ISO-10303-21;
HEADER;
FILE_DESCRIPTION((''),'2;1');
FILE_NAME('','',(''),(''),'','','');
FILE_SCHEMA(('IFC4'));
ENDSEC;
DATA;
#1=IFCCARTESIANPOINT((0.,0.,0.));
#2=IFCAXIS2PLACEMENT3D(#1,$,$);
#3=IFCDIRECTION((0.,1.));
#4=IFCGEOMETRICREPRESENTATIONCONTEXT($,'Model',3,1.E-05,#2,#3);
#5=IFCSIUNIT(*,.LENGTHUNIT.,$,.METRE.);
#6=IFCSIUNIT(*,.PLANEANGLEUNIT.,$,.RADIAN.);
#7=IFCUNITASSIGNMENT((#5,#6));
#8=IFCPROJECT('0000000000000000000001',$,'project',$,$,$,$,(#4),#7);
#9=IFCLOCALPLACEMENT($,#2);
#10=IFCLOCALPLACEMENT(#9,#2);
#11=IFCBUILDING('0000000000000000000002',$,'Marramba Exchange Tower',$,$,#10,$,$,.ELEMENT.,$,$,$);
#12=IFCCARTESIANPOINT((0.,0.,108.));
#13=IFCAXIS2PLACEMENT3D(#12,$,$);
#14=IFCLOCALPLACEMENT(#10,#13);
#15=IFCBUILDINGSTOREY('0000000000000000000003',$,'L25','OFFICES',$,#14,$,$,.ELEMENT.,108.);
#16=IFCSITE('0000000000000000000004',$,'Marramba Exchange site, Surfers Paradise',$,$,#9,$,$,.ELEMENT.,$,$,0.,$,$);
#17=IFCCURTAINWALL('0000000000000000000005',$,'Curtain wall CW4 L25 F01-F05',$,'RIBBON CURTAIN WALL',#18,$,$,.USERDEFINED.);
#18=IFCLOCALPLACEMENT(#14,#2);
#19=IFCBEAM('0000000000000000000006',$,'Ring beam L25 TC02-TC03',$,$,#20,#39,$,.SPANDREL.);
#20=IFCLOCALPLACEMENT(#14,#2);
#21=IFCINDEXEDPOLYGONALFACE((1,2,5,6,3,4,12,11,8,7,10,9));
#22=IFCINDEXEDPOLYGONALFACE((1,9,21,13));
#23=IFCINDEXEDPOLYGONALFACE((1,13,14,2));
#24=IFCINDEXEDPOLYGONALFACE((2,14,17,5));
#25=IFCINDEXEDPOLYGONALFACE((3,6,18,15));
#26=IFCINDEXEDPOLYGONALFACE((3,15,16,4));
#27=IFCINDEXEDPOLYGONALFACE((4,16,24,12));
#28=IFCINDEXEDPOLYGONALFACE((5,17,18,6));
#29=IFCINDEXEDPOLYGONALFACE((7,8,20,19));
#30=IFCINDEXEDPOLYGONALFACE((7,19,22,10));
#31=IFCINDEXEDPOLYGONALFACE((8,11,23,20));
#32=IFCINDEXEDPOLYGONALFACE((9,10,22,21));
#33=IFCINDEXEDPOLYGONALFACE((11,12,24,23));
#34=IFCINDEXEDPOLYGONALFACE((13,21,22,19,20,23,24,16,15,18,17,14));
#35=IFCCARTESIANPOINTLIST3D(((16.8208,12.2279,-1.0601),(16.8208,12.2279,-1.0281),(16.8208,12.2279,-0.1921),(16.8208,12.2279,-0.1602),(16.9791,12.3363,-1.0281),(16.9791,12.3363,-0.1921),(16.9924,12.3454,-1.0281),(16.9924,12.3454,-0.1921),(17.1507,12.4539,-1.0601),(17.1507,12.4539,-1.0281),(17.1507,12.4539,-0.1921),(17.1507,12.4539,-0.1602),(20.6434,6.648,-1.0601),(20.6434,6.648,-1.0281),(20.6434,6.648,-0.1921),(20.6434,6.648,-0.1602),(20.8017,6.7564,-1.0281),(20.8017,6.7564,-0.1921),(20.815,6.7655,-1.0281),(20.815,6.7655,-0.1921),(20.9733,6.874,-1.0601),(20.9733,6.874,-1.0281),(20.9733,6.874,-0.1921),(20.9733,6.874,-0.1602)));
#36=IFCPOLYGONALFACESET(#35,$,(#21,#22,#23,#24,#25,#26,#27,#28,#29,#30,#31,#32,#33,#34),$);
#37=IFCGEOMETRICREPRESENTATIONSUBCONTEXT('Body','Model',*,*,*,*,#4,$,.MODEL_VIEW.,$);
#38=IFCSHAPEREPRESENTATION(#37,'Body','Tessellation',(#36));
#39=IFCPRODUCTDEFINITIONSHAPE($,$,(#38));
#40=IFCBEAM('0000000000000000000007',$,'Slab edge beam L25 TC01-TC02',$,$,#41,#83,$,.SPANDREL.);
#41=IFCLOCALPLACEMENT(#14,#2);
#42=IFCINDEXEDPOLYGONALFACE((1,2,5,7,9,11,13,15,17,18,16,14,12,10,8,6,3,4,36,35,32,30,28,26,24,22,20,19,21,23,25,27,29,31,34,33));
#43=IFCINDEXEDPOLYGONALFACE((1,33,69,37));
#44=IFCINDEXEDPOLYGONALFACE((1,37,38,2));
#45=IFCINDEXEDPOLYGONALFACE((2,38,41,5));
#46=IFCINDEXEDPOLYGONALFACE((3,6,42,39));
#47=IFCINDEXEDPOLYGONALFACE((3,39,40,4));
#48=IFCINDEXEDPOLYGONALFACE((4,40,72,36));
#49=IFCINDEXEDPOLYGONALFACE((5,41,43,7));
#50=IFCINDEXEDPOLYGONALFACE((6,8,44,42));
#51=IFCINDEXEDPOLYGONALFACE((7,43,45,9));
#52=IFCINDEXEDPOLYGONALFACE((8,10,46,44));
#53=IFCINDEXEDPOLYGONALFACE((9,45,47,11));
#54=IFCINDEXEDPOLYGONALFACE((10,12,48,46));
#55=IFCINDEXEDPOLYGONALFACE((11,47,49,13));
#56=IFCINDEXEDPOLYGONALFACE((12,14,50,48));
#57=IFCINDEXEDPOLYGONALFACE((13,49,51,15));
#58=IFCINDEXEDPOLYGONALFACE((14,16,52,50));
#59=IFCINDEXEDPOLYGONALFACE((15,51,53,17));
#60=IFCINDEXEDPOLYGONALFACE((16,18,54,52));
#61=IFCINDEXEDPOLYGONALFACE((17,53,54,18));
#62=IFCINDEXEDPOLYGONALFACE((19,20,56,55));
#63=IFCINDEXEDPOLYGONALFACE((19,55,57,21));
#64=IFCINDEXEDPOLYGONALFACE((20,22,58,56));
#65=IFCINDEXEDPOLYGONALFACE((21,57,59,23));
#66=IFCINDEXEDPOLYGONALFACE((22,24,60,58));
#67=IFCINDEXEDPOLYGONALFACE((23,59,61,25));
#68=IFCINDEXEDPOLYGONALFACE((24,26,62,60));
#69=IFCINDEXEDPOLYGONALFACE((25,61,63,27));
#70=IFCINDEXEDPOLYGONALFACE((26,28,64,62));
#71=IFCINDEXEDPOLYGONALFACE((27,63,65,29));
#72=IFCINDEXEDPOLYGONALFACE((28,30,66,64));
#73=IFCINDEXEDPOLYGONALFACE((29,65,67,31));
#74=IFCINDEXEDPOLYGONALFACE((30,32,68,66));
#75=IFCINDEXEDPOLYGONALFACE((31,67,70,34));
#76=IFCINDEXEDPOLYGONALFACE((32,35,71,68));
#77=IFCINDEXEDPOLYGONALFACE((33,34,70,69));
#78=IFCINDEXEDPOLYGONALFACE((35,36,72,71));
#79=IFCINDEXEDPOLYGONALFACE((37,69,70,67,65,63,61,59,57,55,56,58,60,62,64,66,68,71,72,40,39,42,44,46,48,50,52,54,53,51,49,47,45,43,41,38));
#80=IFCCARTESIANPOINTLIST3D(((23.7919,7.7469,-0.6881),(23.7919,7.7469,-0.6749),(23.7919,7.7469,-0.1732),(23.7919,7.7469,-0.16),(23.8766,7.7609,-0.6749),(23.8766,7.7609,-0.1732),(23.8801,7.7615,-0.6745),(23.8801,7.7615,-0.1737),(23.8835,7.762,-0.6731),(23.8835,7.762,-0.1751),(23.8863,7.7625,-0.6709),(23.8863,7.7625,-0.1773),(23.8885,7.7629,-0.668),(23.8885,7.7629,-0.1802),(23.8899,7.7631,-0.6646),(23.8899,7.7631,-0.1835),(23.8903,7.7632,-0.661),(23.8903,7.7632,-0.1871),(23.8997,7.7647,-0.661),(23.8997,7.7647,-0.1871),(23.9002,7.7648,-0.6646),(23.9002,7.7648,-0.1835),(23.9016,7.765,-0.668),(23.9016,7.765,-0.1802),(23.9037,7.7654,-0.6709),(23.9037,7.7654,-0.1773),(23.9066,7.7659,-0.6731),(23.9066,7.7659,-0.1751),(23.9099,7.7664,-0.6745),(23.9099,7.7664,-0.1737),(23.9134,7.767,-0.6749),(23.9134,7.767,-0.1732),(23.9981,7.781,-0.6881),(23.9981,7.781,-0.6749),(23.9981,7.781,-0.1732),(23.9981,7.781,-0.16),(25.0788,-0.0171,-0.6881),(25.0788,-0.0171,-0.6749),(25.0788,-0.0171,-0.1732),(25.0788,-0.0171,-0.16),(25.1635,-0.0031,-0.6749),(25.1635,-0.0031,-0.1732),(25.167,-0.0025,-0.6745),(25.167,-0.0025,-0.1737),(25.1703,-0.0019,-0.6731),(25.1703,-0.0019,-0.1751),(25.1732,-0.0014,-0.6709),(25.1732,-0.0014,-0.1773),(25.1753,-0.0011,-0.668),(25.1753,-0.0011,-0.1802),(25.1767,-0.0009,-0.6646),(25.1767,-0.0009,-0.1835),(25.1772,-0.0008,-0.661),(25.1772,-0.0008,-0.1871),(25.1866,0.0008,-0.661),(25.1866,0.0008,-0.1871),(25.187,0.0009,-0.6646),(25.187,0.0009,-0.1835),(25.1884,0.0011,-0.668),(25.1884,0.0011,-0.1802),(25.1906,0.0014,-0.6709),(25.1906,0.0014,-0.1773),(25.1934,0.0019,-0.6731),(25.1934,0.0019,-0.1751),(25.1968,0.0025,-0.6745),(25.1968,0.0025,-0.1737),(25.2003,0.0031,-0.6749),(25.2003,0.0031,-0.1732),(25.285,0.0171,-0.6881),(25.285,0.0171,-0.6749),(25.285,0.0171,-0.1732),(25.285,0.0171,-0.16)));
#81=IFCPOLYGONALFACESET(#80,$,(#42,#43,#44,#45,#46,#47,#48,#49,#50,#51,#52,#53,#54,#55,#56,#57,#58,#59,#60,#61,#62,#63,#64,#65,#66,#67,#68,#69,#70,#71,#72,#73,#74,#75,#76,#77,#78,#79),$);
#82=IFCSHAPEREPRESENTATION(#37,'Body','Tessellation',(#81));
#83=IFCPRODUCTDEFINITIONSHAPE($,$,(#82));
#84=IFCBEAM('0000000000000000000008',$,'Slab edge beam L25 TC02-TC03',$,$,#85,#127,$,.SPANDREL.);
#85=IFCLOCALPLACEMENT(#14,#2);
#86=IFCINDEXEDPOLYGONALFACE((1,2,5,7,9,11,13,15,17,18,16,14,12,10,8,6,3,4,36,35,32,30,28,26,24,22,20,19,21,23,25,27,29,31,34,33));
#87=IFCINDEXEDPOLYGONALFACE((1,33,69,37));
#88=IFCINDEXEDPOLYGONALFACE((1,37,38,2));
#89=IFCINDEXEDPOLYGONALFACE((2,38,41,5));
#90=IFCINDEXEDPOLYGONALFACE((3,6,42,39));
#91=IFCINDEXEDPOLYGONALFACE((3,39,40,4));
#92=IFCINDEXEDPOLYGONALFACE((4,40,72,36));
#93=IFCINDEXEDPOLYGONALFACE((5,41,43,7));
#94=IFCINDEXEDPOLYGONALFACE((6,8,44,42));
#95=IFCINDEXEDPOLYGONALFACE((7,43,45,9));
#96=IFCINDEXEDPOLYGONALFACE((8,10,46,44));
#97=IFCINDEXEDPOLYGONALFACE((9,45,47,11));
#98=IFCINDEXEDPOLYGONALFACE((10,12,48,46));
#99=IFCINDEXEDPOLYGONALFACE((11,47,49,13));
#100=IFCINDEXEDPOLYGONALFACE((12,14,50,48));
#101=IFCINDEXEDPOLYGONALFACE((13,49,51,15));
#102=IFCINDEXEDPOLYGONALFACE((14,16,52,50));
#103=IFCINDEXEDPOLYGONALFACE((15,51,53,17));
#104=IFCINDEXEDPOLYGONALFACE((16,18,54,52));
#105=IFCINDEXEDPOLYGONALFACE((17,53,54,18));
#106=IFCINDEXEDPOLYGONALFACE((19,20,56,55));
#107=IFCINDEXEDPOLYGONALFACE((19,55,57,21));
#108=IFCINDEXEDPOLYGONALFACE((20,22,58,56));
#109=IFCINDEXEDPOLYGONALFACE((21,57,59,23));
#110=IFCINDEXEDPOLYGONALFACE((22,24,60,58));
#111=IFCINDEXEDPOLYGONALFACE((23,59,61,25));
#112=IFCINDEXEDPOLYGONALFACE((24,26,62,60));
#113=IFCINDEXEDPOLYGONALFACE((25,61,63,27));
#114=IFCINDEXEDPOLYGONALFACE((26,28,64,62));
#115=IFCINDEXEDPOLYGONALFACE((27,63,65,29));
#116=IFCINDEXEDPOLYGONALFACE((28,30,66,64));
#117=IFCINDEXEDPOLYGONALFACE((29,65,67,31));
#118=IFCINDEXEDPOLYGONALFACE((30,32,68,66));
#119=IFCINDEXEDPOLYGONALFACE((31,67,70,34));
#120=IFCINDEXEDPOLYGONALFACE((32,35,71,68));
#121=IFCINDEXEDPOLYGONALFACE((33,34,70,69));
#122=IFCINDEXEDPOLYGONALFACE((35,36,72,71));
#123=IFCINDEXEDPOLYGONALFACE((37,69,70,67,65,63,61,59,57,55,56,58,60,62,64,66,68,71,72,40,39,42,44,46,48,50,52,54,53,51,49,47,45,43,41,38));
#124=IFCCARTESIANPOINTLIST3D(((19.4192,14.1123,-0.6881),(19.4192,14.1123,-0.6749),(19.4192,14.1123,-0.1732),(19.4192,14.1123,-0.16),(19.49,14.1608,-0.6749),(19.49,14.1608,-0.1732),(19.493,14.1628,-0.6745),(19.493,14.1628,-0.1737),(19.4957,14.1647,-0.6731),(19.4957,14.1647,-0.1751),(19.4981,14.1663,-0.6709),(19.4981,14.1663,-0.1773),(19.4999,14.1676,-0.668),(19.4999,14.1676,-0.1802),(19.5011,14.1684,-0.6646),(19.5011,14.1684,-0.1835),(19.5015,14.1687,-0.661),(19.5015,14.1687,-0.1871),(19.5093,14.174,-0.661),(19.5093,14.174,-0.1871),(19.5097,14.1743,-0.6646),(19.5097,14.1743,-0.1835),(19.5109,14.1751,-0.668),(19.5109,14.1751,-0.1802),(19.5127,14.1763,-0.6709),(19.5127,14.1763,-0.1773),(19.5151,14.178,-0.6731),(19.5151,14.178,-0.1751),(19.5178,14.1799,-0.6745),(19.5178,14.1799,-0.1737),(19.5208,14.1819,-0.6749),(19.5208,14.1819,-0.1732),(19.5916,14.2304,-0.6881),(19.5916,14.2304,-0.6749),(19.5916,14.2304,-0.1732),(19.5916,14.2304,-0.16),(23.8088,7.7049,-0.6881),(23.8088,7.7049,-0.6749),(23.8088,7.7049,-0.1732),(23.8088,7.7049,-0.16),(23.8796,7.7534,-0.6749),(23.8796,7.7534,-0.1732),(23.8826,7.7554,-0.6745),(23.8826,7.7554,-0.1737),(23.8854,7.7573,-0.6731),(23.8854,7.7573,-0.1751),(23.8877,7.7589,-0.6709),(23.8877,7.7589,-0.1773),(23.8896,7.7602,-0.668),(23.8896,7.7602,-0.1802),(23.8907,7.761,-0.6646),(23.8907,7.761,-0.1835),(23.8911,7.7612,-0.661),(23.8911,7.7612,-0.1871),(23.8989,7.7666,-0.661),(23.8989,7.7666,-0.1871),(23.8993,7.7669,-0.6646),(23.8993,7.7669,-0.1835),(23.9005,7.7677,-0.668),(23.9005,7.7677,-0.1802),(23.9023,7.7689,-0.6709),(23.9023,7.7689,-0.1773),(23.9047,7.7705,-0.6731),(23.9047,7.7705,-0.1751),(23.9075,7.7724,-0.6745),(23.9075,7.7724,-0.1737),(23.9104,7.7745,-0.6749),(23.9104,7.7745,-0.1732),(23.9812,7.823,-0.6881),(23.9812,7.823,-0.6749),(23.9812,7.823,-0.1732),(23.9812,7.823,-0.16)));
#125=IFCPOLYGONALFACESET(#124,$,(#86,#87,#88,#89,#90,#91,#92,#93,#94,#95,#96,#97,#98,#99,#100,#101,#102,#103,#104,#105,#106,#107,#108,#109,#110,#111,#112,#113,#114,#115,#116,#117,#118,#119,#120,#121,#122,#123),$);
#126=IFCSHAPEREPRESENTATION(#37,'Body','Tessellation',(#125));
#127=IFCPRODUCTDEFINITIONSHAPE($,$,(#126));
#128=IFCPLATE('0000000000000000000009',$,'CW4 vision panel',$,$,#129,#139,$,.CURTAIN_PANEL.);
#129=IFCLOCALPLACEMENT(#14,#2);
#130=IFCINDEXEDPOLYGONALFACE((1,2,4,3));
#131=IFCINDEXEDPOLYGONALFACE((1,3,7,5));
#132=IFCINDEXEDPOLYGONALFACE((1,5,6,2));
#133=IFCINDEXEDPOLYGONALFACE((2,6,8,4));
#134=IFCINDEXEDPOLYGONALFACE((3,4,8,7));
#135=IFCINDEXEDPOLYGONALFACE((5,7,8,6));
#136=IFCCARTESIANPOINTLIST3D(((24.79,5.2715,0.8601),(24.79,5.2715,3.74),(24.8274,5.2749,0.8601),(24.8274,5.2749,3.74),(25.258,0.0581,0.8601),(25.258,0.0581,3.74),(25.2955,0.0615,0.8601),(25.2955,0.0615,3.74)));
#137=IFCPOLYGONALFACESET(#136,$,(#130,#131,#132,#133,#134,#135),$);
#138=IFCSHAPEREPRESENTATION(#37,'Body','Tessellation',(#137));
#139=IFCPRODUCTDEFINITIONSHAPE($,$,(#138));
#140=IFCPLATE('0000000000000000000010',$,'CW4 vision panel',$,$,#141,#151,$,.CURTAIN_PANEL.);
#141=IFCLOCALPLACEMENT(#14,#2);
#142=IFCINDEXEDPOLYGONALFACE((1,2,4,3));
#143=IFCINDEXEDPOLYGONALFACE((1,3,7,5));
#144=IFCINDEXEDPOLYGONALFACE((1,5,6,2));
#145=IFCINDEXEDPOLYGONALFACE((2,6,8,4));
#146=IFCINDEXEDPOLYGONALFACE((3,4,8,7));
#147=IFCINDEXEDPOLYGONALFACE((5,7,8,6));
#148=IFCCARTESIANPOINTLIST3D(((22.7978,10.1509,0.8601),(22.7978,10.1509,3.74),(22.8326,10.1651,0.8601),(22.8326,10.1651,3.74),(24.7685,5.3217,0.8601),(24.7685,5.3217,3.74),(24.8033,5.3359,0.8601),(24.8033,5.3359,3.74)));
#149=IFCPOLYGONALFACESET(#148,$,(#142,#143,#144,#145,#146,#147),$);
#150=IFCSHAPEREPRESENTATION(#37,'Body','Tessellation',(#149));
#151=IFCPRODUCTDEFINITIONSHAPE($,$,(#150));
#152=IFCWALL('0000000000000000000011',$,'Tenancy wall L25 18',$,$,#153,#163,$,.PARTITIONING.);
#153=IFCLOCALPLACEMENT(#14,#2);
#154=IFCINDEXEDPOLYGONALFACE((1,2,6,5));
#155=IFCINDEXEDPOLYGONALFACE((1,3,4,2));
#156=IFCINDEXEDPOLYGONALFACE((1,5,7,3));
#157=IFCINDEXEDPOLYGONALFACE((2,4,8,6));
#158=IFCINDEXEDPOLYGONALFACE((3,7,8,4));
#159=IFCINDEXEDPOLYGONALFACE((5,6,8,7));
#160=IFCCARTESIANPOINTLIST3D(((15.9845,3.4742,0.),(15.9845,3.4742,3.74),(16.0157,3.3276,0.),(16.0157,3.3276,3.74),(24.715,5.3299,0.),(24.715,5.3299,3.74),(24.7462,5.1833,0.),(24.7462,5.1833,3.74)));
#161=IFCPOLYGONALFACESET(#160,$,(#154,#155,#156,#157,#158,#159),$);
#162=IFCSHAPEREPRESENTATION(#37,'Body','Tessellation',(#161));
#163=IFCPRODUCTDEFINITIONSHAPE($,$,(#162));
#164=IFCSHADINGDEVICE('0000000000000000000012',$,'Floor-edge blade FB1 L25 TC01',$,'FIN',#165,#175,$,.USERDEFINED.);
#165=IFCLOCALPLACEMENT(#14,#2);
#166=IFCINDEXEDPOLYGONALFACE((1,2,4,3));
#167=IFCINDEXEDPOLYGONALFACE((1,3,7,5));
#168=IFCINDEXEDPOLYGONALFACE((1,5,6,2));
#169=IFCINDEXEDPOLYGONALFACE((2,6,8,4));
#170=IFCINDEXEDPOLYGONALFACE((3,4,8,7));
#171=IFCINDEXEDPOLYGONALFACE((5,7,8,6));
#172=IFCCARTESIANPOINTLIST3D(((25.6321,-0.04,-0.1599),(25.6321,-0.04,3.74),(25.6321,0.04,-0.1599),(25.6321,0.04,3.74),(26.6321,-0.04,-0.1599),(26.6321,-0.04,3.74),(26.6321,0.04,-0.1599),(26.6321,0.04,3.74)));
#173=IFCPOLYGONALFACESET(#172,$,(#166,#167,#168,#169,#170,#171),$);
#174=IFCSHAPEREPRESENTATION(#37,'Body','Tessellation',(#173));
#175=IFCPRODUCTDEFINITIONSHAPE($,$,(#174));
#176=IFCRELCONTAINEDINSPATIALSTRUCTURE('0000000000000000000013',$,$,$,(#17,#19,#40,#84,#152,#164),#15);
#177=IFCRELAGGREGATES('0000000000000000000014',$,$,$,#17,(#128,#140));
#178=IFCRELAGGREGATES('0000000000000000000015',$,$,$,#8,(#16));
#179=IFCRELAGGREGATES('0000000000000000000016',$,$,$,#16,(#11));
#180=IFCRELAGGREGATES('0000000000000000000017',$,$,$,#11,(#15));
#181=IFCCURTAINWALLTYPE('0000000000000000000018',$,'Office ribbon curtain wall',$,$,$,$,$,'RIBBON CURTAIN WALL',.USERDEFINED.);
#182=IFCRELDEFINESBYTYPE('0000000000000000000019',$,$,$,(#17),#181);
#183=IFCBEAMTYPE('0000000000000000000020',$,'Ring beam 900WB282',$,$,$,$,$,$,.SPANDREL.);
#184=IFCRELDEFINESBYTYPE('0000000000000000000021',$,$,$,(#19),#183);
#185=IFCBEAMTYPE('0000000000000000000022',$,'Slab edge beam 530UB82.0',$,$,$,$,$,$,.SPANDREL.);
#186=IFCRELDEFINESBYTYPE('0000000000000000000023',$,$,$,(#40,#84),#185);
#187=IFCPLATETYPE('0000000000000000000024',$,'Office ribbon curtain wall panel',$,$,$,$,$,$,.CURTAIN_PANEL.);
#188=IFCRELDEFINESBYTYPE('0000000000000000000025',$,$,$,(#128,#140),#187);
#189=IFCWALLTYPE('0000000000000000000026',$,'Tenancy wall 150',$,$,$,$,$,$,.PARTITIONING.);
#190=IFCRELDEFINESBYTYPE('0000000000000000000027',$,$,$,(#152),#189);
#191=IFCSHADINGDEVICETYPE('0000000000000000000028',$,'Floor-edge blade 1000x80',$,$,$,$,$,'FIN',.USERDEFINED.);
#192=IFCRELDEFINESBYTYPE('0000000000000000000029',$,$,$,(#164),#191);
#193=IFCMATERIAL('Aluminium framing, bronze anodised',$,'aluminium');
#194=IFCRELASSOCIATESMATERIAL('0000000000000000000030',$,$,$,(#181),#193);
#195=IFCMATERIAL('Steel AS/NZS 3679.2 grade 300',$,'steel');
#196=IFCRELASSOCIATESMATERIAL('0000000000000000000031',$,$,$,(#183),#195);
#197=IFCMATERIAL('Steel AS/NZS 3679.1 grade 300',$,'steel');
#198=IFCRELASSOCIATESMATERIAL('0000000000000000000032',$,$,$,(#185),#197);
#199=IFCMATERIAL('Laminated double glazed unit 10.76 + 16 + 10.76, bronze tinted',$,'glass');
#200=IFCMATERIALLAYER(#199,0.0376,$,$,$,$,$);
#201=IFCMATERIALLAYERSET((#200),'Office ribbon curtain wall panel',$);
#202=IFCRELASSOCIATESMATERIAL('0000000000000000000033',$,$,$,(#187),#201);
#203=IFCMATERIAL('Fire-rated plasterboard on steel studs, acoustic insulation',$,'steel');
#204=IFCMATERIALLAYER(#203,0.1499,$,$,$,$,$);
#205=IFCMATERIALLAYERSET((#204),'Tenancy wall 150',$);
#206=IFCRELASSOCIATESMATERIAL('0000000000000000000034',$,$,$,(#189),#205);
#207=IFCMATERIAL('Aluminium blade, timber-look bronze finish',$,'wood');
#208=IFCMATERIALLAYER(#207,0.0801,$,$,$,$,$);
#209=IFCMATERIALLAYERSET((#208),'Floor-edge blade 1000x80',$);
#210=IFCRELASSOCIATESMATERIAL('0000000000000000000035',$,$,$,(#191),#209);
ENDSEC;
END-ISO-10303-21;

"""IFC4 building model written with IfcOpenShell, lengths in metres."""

from ifc_helpers import new_model, si_unit, direction, frame, frame_2d, origin, origin_2d, place, context, subcontext, project, spatial, rectangle, i_section, extrude, material, layer, layer_set, material_profile, profile_set, type_object, element, aggregate, save


model = new_model("IFC4")

# Units and contexts
model_context = context("Model", 3, precision=1e-05, world=origin(), true_north=direction((0.0, 1.0)))
body_context = subcontext(model_context, "Body", "Model", "MODEL_VIEW")
ifc_project = project(units=[si_unit("LENGTHUNIT", "METRE"), si_unit("PLANEANGLEUNIT", "RADIAN")], contexts=[model_context])

# Site, building, storey
site_placement = place(None, origin())
site = spatial("IfcSite", under=ifc_project, at=site_placement, Name="Marramba Exchange site, Surfers Paradise", CompositionType="ELEMENT", RefElevation=0.0)
building_placement = place(site_placement, origin())
building = spatial("IfcBuilding", under=site, at=building_placement, Name="Marramba Exchange Tower", CompositionType="ELEMENT")
storey_placement = place(building_placement, frame((0.0, 0.0, 108.0)))
storey = spatial("IfcBuildingStorey", under=building, at=storey_placement, Name="L25", Description="OFFICES", CompositionType="ELEMENT", Elevation=108.0)

# Shared definitions
ifc_material_1 = material(Name="Steel AS/NZS 3679.2 grade 300", Category="steel")
ifc_material_2 = material(Name="Steel AS/NZS 3679.1 grade 300", Category="steel")

# Curtain wall
ifc_material_3 = material(Name="Aluminium framing, bronze anodised", Category="aluminium")
curtain_wall_type = type_object("IfcCurtainWallType", Name="Office ribbon curtain wall", ElementType="RIBBON CURTAIN WALL", PredefinedType="USERDEFINED", material=ifc_material_3)
curtain_wall_placement = place(storey_placement, origin())
curtain_wall = element("IfcCurtainWall", 1, at=curtain_wall_placement, inside=storey, type_object=curtain_wall_type, Name="Curtain wall CW4 L25 F01-F05", ObjectType="RIBBON CURTAIN WALL", PredefinedType="USERDEFINED")

# Beams
ifc_material_profile_1 = material_profile(ifc_material_1, i_section(OverallWidth=0.3999, OverallDepth=0.8999, WebThickness=0.0161, FlangeThickness=0.032, at=origin_2d()), Name="900WB282")
ifc_profile_set_1 = profile_set([ifc_material_profile_1], Name="Steel AS/NZS 3679.2 grade 300")
beam_type_1 = type_object("IfcBeamType", Name="Ring beam 900WB282", PredefinedType="SPANDREL", material=ifc_profile_set_1)
beam_1_placement = place(storey_placement, frame((20.8083, 6.761, -0.6101), z_axis=(-0.56516, 0.824981, 0.0), x_axis=(-0.824981, -0.56516, 0.0)))
element("IfcBeam", 2, at=beam_1_placement, inside=storey, type_object=beam_type_1, Name="Ring beam L25 TC02-TC03", PredefinedType="SPANDREL", context=body_context, shape_type="SweptSolid", body=[
    extrude(i_section(OverallWidth=0.3999, OverallDepth=0.8999, WebThickness=0.0161, FlangeThickness=0.032, at=origin_2d()), origin(), (0.0, 0.0, 1.0), 6.7637),
])
ifc_material_profile_2 = material_profile(ifc_material_2, i_section(OverallWidth=0.209, OverallDepth=0.5281, WebThickness=0.0095, FlangeThickness=0.0132, FilletRadius=0.0139, at=origin_2d()), Name="530UB82.0")
ifc_profile_set_2 = profile_set([ifc_material_profile_2], Name="Steel AS/NZS 3679.1 grade 300")
beam_type_2 = type_object("IfcBeamType", Name="Slab edge beam 530UB82.0", PredefinedType="SPANDREL", material=ifc_profile_set_2)
beam_2_placement = place(storey_placement, frame((25.1819, 0.0, -0.4241), z_axis=(-0.163519, 0.98654, 0.0), x_axis=(-0.98654, -0.163519, 0.0)))
element("IfcBeam", 3, at=beam_2_placement, inside=storey, type_object=beam_type_2, Name="Slab edge beam L25 TC01-TC02", PredefinedType="SPANDREL", context=body_context, shape_type="SweptSolid", body=[
    extrude(i_section(OverallWidth=0.209, OverallDepth=0.5281, WebThickness=0.0095, FlangeThickness=0.0132, FilletRadius=0.0139, at=origin_2d()), origin(), (0.0, 0.0, 1.0), 7.8699),
])
beam_3_placement = place(storey_placement, frame((23.895, 7.7639, -0.4241), z_axis=(-0.565174, 0.824972, 0.0), x_axis=(-0.824972, -0.565174, 0.0)))
element("IfcBeam", 4, at=beam_3_placement, inside=storey, type_object=beam_type_2, Name="Slab edge beam L25 TC02-TC03", PredefinedType="SPANDREL", context=body_context, shape_type="SweptSolid", body=[
    extrude(i_section(OverallWidth=0.209, OverallDepth=0.5281, WebThickness=0.0095, FlangeThickness=0.0132, FilletRadius=0.0139, at=origin_2d()), origin(), (0.0, 0.0, 1.0), 7.7668),
])

# Plates
ifc_material_4 = material(Name="Laminated double glazed unit 10.76 + 16 + 10.76, bronze tinted", Category="glass")
ifc_layer_1 = layer(ifc_material_4, 0.0376)
ifc_layer_set_1 = layer_set([ifc_layer_1], Name="Office ribbon curtain wall panel")
plate_type = type_object("IfcPlateType", Name="Office ribbon curtain wall panel", PredefinedType="CURTAIN_PANEL", material=ifc_layer_set_1)
plate_1_placement = place(storey_placement, frame((25.0427, 2.6665, 0.8601), z_axis=(0.0, 0.0, 1.0), x_axis=(-0.089413, 0.995995, 0.0)))
plate_1 = element("IfcPlate", 5, at=plate_1_placement, type_object=plate_type, Name="CW4 vision panel", PredefinedType="CURTAIN_PANEL", context=body_context, shape_type="SweptSolid", body=[
    extrude(rectangle(XDim=5.2344, YDim=0.0376, at=origin_2d()), origin(), (0.0, 0.0, 1.0), 2.8799),
])
plate_2_placement = place(storey_placement, frame((23.8005, 7.7434, 0.8601), z_axis=(0.0, 0.0, 1.0), x_axis=(-0.377821, 0.925879, 0.0)))
plate_2 = element("IfcPlate", 6, at=plate_2_placement, type_object=plate_type, Name="CW4 vision panel", PredefinedType="CURTAIN_PANEL", context=body_context, shape_type="SweptSolid", body=[
    extrude(rectangle(XDim=5.2158, YDim=0.0376, at=origin_2d()), origin(), (0.0, 0.0, 1.0), 2.8799),
])
aggregate(curtain_wall, [plate_1, plate_2])

# Wall
ifc_material_5 = material(Name="Fire-rated plasterboard on steel studs, acoustic insulation", Category="steel")
ifc_layer_2 = layer(ifc_material_5, 0.1499)
ifc_layer_set_2 = layer_set([ifc_layer_2], Name="Tenancy wall 150")
wall_type = type_object("IfcWallType", Name="Tenancy wall 150", PredefinedType="PARTITIONING", material=ifc_layer_set_2)
wall_placement = place(storey_placement, frame((16.0, 3.4009, 0.0), z_axis=(0.0, 0.0, 1.0), x_axis=(0.978148, 0.207911, 0.0)))
element("IfcWall", 7, at=wall_placement, inside=storey, type_object=wall_type, Name="Tenancy wall L25 18", PredefinedType="PARTITIONING", context=body_context, shape_type="SweptSolid", body=[
    extrude(rectangle(XDim=8.9255, YDim=0.1499, at=frame_2d((4.4629, 0.0))), origin(), (0.0, 0.0, 1.0), 3.74),
])

# Shading device
ifc_material_6 = material(Name="Aluminium blade, timber-look bronze finish", Category="wood")
ifc_layer_3 = layer(ifc_material_6, 0.0801)
ifc_layer_set_3 = layer_set([ifc_layer_3], Name="Floor-edge blade 1000x80")
shading_device_type_1 = type_object("IfcShadingDeviceType", Name="Floor-edge blade 1000x80", ElementType="FIN", PredefinedType="USERDEFINED", material=ifc_layer_set_3)
shading_device_1_placement = place(storey_placement, frame((26.1321, 0.0, -0.1599), z_axis=(0.0, 0.0, 1.0), x_axis=(1.0, 0.0, 0.0)))
element("IfcShadingDevice", 8, at=shading_device_1_placement, inside=storey, type_object=shading_device_type_1, Name="Floor-edge blade FB1 L25 TC01", ObjectType="FIN", PredefinedType="USERDEFINED", context=body_context, shape_type="SweptSolid", body=[
    extrude(rectangle(XDim=1.0, YDim=0.0801, at=origin_2d()), origin(), (0.0, 0.0, 1.0), 3.8999),
])

save(model, "model.ifc")
